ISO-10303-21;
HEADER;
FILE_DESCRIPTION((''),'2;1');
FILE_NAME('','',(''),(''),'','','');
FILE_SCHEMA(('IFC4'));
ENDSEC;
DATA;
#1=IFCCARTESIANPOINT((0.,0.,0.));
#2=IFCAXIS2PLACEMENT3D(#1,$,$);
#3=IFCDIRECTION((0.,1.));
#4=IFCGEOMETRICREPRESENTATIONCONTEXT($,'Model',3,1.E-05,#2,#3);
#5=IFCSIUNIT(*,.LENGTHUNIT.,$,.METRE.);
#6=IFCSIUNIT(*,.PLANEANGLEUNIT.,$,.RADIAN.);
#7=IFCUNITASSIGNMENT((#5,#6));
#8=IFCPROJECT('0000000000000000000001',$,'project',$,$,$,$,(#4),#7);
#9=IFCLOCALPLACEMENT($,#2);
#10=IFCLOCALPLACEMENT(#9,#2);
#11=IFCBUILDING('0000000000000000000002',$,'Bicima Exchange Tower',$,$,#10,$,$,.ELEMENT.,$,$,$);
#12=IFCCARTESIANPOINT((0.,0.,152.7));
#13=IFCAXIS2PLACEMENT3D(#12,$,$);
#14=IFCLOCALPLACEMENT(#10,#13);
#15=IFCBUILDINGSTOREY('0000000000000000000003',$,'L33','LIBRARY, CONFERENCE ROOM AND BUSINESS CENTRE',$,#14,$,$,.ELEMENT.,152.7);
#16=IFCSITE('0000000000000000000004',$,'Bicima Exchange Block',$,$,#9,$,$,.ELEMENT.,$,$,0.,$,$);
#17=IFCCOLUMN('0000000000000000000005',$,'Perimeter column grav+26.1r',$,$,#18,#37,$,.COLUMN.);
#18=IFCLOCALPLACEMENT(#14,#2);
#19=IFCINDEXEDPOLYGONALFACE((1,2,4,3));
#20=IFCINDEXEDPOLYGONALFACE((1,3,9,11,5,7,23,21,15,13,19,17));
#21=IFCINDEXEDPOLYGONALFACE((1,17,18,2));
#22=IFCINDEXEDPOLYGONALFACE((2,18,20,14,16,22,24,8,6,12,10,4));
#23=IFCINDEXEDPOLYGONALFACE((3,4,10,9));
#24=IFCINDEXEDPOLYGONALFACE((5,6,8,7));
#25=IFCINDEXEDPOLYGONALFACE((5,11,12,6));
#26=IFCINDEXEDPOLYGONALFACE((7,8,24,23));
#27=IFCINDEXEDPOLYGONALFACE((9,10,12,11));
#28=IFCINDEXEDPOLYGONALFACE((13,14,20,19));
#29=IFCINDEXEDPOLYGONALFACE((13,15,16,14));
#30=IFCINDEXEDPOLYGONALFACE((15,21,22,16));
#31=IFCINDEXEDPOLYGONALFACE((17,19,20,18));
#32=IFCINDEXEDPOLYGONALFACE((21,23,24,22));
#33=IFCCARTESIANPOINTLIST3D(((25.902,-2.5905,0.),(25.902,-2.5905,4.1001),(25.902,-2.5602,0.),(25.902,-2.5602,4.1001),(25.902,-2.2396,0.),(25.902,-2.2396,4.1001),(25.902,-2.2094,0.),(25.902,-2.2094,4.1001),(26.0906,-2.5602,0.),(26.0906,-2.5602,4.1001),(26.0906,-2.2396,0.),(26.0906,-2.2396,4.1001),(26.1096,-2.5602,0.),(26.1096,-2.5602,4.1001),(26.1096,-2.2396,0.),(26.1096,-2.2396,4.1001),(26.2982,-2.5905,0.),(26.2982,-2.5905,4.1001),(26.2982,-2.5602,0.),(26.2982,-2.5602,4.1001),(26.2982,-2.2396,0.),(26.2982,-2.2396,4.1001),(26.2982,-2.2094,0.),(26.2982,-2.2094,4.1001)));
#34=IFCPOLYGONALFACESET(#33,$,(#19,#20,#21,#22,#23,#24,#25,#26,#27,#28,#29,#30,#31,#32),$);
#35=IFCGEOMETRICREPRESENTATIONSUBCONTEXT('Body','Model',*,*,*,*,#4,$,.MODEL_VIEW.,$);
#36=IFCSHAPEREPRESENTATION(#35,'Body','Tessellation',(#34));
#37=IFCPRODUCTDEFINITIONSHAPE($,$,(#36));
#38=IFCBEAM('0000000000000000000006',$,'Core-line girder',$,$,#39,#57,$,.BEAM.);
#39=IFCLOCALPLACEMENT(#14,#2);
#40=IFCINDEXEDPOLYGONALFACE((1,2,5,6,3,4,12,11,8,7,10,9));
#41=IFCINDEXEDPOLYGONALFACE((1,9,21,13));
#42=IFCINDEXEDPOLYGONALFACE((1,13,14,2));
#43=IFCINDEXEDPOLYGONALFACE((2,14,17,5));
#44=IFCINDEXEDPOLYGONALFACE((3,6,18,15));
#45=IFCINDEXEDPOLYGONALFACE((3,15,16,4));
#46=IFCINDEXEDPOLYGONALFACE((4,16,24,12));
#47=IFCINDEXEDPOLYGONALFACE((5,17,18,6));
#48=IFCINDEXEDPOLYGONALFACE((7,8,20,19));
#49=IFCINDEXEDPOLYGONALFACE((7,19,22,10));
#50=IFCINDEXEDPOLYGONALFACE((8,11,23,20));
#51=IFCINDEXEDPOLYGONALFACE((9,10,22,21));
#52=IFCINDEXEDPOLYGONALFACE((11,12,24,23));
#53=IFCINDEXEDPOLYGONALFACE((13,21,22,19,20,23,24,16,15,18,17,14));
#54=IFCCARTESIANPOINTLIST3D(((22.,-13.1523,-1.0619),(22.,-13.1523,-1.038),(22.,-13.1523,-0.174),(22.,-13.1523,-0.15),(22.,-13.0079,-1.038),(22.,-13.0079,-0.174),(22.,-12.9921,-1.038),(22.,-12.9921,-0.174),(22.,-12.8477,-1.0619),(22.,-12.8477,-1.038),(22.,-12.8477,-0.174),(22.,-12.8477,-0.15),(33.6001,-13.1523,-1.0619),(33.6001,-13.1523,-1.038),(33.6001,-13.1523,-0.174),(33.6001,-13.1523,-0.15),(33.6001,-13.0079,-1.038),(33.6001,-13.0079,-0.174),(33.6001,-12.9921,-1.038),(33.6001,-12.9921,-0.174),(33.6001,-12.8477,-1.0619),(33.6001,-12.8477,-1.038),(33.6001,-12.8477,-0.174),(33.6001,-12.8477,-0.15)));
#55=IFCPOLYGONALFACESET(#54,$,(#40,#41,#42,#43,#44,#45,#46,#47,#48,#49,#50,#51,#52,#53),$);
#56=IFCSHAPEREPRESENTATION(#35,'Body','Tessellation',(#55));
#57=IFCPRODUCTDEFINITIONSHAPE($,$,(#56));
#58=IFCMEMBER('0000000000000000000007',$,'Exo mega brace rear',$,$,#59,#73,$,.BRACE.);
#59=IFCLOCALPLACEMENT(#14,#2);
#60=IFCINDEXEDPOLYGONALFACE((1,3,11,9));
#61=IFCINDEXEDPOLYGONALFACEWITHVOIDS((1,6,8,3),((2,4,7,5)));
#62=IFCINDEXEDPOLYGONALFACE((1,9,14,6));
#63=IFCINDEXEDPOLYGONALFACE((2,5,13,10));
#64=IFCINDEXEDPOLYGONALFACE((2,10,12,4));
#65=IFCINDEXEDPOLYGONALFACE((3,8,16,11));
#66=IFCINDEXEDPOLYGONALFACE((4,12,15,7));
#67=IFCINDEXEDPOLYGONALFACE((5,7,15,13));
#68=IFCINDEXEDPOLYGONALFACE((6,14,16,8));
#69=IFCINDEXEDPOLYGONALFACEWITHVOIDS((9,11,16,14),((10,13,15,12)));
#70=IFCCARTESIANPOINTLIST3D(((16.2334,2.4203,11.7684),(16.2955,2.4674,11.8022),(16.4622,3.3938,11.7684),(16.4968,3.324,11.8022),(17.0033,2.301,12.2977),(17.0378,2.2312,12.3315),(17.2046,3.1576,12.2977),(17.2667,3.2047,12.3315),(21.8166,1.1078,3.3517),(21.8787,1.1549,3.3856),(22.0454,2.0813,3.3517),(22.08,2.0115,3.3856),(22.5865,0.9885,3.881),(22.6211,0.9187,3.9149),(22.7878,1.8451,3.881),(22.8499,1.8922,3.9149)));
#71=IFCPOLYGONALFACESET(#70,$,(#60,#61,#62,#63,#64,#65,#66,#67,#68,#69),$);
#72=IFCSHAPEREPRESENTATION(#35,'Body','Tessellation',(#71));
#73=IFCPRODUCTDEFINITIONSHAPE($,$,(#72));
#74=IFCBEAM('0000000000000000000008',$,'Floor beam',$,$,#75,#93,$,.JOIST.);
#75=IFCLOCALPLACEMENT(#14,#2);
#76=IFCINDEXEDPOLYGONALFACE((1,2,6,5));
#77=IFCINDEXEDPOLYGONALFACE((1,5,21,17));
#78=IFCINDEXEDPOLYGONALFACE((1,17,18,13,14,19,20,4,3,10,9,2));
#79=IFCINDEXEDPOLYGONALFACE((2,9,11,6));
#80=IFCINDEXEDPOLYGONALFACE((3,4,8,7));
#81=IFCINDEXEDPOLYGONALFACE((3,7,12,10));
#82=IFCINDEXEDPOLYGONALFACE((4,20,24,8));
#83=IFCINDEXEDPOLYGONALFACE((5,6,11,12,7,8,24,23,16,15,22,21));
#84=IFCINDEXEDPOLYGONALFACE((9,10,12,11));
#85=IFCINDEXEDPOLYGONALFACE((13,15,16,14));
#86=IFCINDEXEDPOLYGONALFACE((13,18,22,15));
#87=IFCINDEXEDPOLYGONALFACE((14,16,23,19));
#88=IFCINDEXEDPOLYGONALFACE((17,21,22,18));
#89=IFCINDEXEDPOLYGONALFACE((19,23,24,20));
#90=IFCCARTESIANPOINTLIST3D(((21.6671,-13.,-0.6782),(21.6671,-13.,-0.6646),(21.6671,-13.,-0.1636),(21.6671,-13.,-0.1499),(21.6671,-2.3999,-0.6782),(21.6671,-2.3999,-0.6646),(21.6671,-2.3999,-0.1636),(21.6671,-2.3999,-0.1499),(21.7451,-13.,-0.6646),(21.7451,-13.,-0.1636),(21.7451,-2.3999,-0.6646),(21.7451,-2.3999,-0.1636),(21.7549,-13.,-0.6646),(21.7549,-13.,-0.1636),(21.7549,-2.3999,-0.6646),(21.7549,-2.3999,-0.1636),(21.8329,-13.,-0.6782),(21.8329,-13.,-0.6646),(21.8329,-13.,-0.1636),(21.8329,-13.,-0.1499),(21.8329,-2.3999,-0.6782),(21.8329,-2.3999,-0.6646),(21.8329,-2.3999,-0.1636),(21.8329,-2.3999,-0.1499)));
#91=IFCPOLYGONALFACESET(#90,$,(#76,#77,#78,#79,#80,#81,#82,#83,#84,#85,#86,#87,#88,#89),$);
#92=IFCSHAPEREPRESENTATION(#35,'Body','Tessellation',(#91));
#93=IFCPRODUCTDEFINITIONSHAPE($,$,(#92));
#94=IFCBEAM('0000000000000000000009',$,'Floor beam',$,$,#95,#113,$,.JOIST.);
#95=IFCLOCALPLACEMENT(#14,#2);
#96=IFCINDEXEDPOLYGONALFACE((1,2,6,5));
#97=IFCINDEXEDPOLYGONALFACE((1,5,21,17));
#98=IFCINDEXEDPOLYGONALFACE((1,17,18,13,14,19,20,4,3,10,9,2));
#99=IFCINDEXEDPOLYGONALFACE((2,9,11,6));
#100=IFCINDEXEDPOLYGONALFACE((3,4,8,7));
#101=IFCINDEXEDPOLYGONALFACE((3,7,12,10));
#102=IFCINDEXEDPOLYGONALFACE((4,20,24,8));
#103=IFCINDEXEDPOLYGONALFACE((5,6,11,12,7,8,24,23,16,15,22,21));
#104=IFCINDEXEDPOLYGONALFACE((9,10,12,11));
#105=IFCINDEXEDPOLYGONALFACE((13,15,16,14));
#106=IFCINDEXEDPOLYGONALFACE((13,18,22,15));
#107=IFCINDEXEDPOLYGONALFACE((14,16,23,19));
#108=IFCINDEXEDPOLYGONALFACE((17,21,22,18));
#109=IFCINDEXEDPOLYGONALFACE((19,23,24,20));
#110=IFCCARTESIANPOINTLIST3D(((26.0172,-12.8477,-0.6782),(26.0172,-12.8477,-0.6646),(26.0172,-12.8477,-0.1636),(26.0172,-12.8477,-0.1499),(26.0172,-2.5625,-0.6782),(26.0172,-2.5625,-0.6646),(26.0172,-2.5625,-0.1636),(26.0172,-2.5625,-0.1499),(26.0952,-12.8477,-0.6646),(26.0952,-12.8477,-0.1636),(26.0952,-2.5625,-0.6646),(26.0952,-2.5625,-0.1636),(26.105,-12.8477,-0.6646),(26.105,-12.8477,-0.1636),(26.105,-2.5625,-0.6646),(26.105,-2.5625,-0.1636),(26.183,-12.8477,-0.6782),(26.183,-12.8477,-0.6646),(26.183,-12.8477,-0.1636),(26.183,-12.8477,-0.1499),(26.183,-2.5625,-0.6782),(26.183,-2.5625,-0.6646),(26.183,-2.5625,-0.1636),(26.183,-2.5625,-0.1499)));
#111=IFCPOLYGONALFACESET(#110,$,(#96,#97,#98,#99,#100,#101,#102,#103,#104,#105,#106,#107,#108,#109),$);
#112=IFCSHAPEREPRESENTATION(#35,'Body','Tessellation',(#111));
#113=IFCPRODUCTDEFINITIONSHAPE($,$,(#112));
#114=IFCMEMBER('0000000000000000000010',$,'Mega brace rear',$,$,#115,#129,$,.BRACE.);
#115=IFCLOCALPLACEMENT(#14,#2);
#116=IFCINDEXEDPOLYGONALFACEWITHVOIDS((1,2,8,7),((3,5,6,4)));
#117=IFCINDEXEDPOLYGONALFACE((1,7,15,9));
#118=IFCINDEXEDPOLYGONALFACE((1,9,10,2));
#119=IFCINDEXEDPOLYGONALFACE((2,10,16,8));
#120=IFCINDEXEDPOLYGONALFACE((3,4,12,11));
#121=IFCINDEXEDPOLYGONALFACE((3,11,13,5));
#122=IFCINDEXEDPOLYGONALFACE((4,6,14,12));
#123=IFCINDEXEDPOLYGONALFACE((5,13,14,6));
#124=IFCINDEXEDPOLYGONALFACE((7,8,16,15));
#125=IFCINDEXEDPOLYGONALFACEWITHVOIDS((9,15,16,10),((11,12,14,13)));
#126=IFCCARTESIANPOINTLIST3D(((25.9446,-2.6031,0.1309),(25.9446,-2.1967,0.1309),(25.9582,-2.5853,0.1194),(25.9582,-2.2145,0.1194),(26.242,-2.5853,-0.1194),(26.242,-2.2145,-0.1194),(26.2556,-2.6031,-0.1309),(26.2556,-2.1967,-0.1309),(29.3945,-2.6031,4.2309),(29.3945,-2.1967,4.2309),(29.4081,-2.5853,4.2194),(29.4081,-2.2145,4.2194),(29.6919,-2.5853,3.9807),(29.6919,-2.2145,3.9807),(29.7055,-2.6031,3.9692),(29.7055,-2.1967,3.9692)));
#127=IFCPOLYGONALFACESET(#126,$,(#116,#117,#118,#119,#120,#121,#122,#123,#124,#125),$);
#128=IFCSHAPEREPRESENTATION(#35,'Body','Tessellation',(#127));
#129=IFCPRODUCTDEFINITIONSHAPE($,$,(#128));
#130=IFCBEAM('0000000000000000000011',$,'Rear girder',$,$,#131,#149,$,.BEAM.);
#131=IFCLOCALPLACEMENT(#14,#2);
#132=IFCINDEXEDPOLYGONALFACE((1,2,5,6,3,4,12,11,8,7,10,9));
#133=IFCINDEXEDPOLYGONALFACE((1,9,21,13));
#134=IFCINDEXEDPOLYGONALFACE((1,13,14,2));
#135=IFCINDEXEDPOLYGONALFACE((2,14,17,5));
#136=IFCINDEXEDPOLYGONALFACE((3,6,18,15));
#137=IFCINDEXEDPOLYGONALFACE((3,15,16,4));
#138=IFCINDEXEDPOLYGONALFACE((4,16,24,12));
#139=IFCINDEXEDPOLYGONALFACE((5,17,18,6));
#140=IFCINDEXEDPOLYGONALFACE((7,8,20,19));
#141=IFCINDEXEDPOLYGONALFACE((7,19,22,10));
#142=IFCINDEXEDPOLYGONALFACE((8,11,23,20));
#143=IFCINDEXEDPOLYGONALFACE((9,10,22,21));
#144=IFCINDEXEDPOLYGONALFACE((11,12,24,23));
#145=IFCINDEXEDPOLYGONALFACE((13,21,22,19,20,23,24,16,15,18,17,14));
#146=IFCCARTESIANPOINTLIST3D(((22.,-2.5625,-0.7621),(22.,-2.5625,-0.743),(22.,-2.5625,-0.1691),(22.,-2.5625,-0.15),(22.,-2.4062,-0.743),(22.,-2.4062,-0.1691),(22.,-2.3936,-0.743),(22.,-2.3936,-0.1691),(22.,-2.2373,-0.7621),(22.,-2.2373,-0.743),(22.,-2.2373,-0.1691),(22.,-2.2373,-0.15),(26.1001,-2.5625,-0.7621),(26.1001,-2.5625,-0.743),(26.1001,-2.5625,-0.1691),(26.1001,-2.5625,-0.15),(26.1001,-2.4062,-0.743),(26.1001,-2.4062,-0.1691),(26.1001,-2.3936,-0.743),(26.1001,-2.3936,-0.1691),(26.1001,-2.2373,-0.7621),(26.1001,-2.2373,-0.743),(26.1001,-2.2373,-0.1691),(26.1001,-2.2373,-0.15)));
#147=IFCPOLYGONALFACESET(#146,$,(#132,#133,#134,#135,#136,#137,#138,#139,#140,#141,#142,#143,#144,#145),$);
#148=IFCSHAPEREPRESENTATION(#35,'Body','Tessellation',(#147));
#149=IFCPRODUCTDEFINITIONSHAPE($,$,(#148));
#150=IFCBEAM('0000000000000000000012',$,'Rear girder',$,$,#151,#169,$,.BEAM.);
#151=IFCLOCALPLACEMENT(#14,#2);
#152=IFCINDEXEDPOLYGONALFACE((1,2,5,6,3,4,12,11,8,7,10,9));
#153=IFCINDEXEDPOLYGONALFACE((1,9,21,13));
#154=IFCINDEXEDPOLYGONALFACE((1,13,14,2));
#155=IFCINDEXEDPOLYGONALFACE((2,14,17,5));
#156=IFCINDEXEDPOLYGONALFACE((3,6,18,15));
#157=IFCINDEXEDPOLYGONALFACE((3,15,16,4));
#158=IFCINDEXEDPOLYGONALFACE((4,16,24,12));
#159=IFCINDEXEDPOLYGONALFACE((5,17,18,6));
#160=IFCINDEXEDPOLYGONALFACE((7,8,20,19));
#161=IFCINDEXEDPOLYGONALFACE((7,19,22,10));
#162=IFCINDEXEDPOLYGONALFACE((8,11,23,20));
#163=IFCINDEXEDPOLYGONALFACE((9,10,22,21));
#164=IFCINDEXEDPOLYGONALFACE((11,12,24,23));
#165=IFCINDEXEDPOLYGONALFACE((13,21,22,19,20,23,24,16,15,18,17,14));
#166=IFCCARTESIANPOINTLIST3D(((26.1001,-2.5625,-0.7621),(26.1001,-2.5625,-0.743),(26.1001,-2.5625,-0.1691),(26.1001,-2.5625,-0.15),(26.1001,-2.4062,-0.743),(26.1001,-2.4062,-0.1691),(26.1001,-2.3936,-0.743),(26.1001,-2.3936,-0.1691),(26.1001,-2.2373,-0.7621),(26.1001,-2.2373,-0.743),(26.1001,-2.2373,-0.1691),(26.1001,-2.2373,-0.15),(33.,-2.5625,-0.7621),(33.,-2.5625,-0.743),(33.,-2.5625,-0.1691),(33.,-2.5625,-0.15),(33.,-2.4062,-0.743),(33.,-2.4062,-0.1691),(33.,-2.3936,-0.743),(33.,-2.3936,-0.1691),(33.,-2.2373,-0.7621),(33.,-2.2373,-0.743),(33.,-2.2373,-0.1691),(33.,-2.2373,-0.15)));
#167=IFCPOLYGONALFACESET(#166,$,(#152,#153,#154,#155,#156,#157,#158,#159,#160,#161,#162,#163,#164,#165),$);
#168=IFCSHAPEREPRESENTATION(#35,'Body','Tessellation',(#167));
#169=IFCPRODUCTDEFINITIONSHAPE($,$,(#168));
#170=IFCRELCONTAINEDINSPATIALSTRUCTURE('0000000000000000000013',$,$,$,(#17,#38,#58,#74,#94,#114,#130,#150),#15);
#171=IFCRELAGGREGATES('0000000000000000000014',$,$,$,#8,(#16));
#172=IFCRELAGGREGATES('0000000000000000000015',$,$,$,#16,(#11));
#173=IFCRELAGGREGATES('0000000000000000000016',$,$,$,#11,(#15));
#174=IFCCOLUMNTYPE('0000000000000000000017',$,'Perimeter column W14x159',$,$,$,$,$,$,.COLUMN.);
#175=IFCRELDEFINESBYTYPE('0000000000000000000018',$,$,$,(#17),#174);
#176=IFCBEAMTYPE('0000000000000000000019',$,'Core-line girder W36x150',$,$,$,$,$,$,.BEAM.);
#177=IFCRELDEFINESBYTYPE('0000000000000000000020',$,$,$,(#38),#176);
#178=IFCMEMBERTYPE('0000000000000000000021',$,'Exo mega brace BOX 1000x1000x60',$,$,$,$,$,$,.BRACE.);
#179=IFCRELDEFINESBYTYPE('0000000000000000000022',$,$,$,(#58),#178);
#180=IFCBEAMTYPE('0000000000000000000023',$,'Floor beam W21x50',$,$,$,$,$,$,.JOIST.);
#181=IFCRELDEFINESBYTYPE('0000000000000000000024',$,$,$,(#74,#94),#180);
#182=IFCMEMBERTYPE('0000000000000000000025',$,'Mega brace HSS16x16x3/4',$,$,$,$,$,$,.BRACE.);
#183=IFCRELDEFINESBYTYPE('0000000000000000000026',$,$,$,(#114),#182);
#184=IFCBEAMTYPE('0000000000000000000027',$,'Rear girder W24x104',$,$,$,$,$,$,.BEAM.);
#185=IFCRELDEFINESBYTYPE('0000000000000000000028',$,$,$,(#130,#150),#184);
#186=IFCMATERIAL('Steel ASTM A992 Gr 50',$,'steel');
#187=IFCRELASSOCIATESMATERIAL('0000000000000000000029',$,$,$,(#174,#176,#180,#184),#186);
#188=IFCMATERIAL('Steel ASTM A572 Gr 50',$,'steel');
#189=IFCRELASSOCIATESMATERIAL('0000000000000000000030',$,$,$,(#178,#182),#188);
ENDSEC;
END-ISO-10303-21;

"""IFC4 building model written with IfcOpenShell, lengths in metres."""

from ifc_helpers import new_model, si_unit, direction, frame, origin, origin_2d, place, context, subcontext, project, spatial, hollow_rectangle, i_section, extrude, material, material_profile, profile_set, type_object, element, save


model = new_model("IFC4")

# Units and contexts
model_context = context("Model", 3, precision=1e-05, world=origin(), true_north=direction((0.0, 1.0)))
body_context = subcontext(model_context, "Body", "Model", "MODEL_VIEW")
ifc_project = project(units=[si_unit("LENGTHUNIT", "METRE"), si_unit("PLANEANGLEUNIT", "RADIAN")], contexts=[model_context])

# Site, building, storey
site_placement = place(None, origin())
site = spatial("IfcSite", under=ifc_project, at=site_placement, Name="Bicima Exchange Block", CompositionType="ELEMENT", RefElevation=0.0)
building_placement = place(site_placement, origin())
building = spatial("IfcBuilding", under=site, at=building_placement, Name="Bicima Exchange Tower", CompositionType="ELEMENT")
storey_placement = place(building_placement, frame((0.0, 0.0, 152.7)))
storey = spatial("IfcBuildingStorey", under=building, at=storey_placement, Name="L33", Description="LIBRARY, CONFERENCE ROOM AND BUSINESS CENTRE", CompositionType="ELEMENT", Elevation=152.7)

# Column
ifc_material_1 = material(Name="Steel ASTM A992 Gr 50", Category="steel")
ifc_material_profile_1 = material_profile(ifc_material_1, i_section(OverallWidth=0.3962, OverallDepth=0.3811, WebThickness=0.019, FlangeThickness=0.0303, at=origin_2d()))
ifc_profile_set_1 = profile_set([ifc_material_profile_1], Name="Steel ASTM A992 Gr 50")
column_type = type_object("IfcColumnType", Name="Perimeter column W14x159", PredefinedType="COLUMN", material=ifc_profile_set_1)
column_placement = place(storey_placement, frame((26.1001, -2.3999, 0.0), z_axis=(0.0, 0.0, 1.0), x_axis=(1.0, 0.0, 0.0)))
element("IfcColumn", 1, at=column_placement, inside=storey, type_object=column_type, Name="Perimeter column grav+26.1r", PredefinedType="COLUMN", context=body_context, shape_type="SweptSolid", body=[
    extrude(i_section(OverallWidth=0.3962, OverallDepth=0.3811, WebThickness=0.019, FlangeThickness=0.0303, at=origin_2d()), origin(), (0.0, 0.0, 1.0), 4.1001),
])

# Beam
ifc_material_profile_2 = material_profile(ifc_material_1, i_section(OverallWidth=0.3047, OverallDepth=0.9119, WebThickness=0.0159, FlangeThickness=0.0239, at=origin_2d()))
ifc_profile_set_2 = profile_set([ifc_material_profile_2], Name="Steel ASTM A992 Gr 50")
beam_type_1 = type_object("IfcBeamType", Name="Core-line girder W36x150", PredefinedType="BEAM", material=ifc_profile_set_2)
beam_1_placement = place(storey_placement, frame((22.0, -13.0, -0.606), z_axis=(1.0, 0.0, 0.0), x_axis=(0.0, 1.0, 0.0)))
element("IfcBeam", 2, at=beam_1_placement, inside=storey, type_object=beam_type_1, Name="Core-line girder", PredefinedType="BEAM", context=body_context, shape_type="SweptSolid", body=[
    extrude(i_section(OverallWidth=0.3047, OverallDepth=0.9119, WebThickness=0.0159, FlangeThickness=0.0239, at=origin_2d()), origin(), (0.0, 0.0, 1.0), 11.6001),
])

# Member
ifc_material_2 = material(Name="Steel ASTM A572 Gr 50", Category="steel")
ifc_material_profile_3 = material_profile(ifc_material_2, hollow_rectangle(XDim=1.0, YDim=1.0, WallThickness=0.0601, at=origin_2d()))
ifc_profile_set_3 = profile_set([ifc_material_profile_3], Name="Steel ASTM A572 Gr 50")
member_type_1 = type_object("IfcMemberType", Name="Exo mega brace BOX 1000x1000x60", PredefinedType="BRACE", material=ifc_profile_set_3)
member_1_placement = place(storey_placement, frame((22.3333, 1.5, 3.6333), z_axis=(-0.548176, 0.128864, 0.826376), x_axis=(-0.22884, -0.973464, 0.0)))
element("IfcMember", 3, at=member_1_placement, inside=storey, type_object=member_type_1, Name="Exo mega brace rear", PredefinedType="BRACE", context=body_context, shape_type="SweptSolid", body=[
    extrude(hollow_rectangle(XDim=1.0, YDim=1.0, WallThickness=0.0601, at=origin_2d()), origin(), (0.0, 0.0, 1.0), 10.1851),
])

# Beams
ifc_material_profile_4 = material_profile(ifc_material_1, i_section(OverallWidth=0.1658, OverallDepth=0.5283, WebThickness=0.0098, FlangeThickness=0.0137, at=origin_2d()))
ifc_profile_set_4 = profile_set([ifc_material_profile_4], Name="Steel ASTM A992 Gr 50")
beam_type_2 = type_object("IfcBeamType", Name="Floor beam W21x50", PredefinedType="JOIST", material=ifc_profile_set_4)
beam_2_placement = place(storey_placement, frame((21.75, -2.3999, -0.4141), z_axis=(0.0, -1.0, 0.0), x_axis=(1.0, 0.0, 0.0)))
element("IfcBeam", 4, at=beam_2_placement, inside=storey, type_object=beam_type_2, Name="Floor beam", PredefinedType="JOIST", context=body_context, shape_type="SweptSolid", body=[
    extrude(i_section(OverallWidth=0.1658, OverallDepth=0.5283, WebThickness=0.0098, FlangeThickness=0.0137, at=origin_2d()), origin(), (0.0, 0.0, 1.0), 10.6001),
])
beam_3_placement = place(storey_placement, frame((26.1001, -2.5625, -0.4141), z_axis=(0.0, -1.0, 0.0), x_axis=(1.0, 0.0, 0.0)))
element("IfcBeam", 5, at=beam_3_placement, inside=storey, type_object=beam_type_2, Name="Floor beam", PredefinedType="JOIST", context=body_context, shape_type="SweptSolid", body=[
    extrude(i_section(OverallWidth=0.1658, OverallDepth=0.5283, WebThickness=0.0098, FlangeThickness=0.0137, at=origin_2d()), origin(), (0.0, 0.0, 1.0), 10.2852),
])

# Member
ifc_material_profile_5 = material_profile(ifc_material_2, hollow_rectangle(XDim=0.4065, YDim=0.4065, WallThickness=0.0178, at=origin_2d()))
ifc_profile_set_5 = profile_set([ifc_material_profile_5], Name="Steel ASTM A572 Gr 50")
member_type_2 = type_object("IfcMemberType", Name="Mega brace HSS16x16x3/4", PredefinedType="BRACE", material=ifc_profile_set_5)
member_2_placement = place(storey_placement, frame((26.1001, -2.3999, 0.0), z_axis=(0.643834, 0.0, 0.765165), x_axis=(0.0, 1.0, 0.0)))
element("IfcMember", 6, at=member_2_placement, inside=storey, type_object=member_type_2, Name="Mega brace rear", PredefinedType="BRACE", context=body_context, shape_type="SweptSolid", body=[
    extrude(hollow_rectangle(XDim=0.4065, YDim=0.4065, WallThickness=0.0178, at=origin_2d()), origin(), (0.0, 0.0, 1.0), 5.3584),
])

# Beams
ifc_material_profile_6 = material_profile(ifc_material_1, i_section(OverallWidth=0.3252, OverallDepth=0.6121, WebThickness=0.0127, FlangeThickness=0.019, at=origin_2d()))
ifc_profile_set_6 = profile_set([ifc_material_profile_6], Name="Steel ASTM A992 Gr 50")
beam_type_3 = type_object("IfcBeamType", Name="Rear girder W24x104", PredefinedType="BEAM", material=ifc_profile_set_6)
beam_4_placement = place(storey_placement, frame((22.0, -2.3999, -0.4561), z_axis=(1.0, 0.0, 0.0), x_axis=(0.0, 1.0, 0.0)))
element("IfcBeam", 7, at=beam_4_placement, inside=storey, type_object=beam_type_3, Name="Rear girder", PredefinedType="BEAM", context=body_context, shape_type="SweptSolid", body=[
    extrude(i_section(OverallWidth=0.3252, OverallDepth=0.6121, WebThickness=0.0127, FlangeThickness=0.019, at=origin_2d()), origin(), (0.0, 0.0, 1.0), 4.1001),
])
beam_5_placement = place(storey_placement, frame((26.1001, -2.3999, -0.4561), z_axis=(1.0, 0.0, 0.0), x_axis=(0.0, 1.0, 0.0)))
element("IfcBeam", 8, at=beam_5_placement, inside=storey, type_object=beam_type_3, Name="Rear girder", PredefinedType="BEAM", context=body_context, shape_type="SweptSolid", body=[
    extrude(i_section(OverallWidth=0.3252, OverallDepth=0.6121, WebThickness=0.0127, FlangeThickness=0.019, at=origin_2d()), origin(), (0.0, 0.0, 1.0), 6.8999),
])

save(model, "model.ifc")
